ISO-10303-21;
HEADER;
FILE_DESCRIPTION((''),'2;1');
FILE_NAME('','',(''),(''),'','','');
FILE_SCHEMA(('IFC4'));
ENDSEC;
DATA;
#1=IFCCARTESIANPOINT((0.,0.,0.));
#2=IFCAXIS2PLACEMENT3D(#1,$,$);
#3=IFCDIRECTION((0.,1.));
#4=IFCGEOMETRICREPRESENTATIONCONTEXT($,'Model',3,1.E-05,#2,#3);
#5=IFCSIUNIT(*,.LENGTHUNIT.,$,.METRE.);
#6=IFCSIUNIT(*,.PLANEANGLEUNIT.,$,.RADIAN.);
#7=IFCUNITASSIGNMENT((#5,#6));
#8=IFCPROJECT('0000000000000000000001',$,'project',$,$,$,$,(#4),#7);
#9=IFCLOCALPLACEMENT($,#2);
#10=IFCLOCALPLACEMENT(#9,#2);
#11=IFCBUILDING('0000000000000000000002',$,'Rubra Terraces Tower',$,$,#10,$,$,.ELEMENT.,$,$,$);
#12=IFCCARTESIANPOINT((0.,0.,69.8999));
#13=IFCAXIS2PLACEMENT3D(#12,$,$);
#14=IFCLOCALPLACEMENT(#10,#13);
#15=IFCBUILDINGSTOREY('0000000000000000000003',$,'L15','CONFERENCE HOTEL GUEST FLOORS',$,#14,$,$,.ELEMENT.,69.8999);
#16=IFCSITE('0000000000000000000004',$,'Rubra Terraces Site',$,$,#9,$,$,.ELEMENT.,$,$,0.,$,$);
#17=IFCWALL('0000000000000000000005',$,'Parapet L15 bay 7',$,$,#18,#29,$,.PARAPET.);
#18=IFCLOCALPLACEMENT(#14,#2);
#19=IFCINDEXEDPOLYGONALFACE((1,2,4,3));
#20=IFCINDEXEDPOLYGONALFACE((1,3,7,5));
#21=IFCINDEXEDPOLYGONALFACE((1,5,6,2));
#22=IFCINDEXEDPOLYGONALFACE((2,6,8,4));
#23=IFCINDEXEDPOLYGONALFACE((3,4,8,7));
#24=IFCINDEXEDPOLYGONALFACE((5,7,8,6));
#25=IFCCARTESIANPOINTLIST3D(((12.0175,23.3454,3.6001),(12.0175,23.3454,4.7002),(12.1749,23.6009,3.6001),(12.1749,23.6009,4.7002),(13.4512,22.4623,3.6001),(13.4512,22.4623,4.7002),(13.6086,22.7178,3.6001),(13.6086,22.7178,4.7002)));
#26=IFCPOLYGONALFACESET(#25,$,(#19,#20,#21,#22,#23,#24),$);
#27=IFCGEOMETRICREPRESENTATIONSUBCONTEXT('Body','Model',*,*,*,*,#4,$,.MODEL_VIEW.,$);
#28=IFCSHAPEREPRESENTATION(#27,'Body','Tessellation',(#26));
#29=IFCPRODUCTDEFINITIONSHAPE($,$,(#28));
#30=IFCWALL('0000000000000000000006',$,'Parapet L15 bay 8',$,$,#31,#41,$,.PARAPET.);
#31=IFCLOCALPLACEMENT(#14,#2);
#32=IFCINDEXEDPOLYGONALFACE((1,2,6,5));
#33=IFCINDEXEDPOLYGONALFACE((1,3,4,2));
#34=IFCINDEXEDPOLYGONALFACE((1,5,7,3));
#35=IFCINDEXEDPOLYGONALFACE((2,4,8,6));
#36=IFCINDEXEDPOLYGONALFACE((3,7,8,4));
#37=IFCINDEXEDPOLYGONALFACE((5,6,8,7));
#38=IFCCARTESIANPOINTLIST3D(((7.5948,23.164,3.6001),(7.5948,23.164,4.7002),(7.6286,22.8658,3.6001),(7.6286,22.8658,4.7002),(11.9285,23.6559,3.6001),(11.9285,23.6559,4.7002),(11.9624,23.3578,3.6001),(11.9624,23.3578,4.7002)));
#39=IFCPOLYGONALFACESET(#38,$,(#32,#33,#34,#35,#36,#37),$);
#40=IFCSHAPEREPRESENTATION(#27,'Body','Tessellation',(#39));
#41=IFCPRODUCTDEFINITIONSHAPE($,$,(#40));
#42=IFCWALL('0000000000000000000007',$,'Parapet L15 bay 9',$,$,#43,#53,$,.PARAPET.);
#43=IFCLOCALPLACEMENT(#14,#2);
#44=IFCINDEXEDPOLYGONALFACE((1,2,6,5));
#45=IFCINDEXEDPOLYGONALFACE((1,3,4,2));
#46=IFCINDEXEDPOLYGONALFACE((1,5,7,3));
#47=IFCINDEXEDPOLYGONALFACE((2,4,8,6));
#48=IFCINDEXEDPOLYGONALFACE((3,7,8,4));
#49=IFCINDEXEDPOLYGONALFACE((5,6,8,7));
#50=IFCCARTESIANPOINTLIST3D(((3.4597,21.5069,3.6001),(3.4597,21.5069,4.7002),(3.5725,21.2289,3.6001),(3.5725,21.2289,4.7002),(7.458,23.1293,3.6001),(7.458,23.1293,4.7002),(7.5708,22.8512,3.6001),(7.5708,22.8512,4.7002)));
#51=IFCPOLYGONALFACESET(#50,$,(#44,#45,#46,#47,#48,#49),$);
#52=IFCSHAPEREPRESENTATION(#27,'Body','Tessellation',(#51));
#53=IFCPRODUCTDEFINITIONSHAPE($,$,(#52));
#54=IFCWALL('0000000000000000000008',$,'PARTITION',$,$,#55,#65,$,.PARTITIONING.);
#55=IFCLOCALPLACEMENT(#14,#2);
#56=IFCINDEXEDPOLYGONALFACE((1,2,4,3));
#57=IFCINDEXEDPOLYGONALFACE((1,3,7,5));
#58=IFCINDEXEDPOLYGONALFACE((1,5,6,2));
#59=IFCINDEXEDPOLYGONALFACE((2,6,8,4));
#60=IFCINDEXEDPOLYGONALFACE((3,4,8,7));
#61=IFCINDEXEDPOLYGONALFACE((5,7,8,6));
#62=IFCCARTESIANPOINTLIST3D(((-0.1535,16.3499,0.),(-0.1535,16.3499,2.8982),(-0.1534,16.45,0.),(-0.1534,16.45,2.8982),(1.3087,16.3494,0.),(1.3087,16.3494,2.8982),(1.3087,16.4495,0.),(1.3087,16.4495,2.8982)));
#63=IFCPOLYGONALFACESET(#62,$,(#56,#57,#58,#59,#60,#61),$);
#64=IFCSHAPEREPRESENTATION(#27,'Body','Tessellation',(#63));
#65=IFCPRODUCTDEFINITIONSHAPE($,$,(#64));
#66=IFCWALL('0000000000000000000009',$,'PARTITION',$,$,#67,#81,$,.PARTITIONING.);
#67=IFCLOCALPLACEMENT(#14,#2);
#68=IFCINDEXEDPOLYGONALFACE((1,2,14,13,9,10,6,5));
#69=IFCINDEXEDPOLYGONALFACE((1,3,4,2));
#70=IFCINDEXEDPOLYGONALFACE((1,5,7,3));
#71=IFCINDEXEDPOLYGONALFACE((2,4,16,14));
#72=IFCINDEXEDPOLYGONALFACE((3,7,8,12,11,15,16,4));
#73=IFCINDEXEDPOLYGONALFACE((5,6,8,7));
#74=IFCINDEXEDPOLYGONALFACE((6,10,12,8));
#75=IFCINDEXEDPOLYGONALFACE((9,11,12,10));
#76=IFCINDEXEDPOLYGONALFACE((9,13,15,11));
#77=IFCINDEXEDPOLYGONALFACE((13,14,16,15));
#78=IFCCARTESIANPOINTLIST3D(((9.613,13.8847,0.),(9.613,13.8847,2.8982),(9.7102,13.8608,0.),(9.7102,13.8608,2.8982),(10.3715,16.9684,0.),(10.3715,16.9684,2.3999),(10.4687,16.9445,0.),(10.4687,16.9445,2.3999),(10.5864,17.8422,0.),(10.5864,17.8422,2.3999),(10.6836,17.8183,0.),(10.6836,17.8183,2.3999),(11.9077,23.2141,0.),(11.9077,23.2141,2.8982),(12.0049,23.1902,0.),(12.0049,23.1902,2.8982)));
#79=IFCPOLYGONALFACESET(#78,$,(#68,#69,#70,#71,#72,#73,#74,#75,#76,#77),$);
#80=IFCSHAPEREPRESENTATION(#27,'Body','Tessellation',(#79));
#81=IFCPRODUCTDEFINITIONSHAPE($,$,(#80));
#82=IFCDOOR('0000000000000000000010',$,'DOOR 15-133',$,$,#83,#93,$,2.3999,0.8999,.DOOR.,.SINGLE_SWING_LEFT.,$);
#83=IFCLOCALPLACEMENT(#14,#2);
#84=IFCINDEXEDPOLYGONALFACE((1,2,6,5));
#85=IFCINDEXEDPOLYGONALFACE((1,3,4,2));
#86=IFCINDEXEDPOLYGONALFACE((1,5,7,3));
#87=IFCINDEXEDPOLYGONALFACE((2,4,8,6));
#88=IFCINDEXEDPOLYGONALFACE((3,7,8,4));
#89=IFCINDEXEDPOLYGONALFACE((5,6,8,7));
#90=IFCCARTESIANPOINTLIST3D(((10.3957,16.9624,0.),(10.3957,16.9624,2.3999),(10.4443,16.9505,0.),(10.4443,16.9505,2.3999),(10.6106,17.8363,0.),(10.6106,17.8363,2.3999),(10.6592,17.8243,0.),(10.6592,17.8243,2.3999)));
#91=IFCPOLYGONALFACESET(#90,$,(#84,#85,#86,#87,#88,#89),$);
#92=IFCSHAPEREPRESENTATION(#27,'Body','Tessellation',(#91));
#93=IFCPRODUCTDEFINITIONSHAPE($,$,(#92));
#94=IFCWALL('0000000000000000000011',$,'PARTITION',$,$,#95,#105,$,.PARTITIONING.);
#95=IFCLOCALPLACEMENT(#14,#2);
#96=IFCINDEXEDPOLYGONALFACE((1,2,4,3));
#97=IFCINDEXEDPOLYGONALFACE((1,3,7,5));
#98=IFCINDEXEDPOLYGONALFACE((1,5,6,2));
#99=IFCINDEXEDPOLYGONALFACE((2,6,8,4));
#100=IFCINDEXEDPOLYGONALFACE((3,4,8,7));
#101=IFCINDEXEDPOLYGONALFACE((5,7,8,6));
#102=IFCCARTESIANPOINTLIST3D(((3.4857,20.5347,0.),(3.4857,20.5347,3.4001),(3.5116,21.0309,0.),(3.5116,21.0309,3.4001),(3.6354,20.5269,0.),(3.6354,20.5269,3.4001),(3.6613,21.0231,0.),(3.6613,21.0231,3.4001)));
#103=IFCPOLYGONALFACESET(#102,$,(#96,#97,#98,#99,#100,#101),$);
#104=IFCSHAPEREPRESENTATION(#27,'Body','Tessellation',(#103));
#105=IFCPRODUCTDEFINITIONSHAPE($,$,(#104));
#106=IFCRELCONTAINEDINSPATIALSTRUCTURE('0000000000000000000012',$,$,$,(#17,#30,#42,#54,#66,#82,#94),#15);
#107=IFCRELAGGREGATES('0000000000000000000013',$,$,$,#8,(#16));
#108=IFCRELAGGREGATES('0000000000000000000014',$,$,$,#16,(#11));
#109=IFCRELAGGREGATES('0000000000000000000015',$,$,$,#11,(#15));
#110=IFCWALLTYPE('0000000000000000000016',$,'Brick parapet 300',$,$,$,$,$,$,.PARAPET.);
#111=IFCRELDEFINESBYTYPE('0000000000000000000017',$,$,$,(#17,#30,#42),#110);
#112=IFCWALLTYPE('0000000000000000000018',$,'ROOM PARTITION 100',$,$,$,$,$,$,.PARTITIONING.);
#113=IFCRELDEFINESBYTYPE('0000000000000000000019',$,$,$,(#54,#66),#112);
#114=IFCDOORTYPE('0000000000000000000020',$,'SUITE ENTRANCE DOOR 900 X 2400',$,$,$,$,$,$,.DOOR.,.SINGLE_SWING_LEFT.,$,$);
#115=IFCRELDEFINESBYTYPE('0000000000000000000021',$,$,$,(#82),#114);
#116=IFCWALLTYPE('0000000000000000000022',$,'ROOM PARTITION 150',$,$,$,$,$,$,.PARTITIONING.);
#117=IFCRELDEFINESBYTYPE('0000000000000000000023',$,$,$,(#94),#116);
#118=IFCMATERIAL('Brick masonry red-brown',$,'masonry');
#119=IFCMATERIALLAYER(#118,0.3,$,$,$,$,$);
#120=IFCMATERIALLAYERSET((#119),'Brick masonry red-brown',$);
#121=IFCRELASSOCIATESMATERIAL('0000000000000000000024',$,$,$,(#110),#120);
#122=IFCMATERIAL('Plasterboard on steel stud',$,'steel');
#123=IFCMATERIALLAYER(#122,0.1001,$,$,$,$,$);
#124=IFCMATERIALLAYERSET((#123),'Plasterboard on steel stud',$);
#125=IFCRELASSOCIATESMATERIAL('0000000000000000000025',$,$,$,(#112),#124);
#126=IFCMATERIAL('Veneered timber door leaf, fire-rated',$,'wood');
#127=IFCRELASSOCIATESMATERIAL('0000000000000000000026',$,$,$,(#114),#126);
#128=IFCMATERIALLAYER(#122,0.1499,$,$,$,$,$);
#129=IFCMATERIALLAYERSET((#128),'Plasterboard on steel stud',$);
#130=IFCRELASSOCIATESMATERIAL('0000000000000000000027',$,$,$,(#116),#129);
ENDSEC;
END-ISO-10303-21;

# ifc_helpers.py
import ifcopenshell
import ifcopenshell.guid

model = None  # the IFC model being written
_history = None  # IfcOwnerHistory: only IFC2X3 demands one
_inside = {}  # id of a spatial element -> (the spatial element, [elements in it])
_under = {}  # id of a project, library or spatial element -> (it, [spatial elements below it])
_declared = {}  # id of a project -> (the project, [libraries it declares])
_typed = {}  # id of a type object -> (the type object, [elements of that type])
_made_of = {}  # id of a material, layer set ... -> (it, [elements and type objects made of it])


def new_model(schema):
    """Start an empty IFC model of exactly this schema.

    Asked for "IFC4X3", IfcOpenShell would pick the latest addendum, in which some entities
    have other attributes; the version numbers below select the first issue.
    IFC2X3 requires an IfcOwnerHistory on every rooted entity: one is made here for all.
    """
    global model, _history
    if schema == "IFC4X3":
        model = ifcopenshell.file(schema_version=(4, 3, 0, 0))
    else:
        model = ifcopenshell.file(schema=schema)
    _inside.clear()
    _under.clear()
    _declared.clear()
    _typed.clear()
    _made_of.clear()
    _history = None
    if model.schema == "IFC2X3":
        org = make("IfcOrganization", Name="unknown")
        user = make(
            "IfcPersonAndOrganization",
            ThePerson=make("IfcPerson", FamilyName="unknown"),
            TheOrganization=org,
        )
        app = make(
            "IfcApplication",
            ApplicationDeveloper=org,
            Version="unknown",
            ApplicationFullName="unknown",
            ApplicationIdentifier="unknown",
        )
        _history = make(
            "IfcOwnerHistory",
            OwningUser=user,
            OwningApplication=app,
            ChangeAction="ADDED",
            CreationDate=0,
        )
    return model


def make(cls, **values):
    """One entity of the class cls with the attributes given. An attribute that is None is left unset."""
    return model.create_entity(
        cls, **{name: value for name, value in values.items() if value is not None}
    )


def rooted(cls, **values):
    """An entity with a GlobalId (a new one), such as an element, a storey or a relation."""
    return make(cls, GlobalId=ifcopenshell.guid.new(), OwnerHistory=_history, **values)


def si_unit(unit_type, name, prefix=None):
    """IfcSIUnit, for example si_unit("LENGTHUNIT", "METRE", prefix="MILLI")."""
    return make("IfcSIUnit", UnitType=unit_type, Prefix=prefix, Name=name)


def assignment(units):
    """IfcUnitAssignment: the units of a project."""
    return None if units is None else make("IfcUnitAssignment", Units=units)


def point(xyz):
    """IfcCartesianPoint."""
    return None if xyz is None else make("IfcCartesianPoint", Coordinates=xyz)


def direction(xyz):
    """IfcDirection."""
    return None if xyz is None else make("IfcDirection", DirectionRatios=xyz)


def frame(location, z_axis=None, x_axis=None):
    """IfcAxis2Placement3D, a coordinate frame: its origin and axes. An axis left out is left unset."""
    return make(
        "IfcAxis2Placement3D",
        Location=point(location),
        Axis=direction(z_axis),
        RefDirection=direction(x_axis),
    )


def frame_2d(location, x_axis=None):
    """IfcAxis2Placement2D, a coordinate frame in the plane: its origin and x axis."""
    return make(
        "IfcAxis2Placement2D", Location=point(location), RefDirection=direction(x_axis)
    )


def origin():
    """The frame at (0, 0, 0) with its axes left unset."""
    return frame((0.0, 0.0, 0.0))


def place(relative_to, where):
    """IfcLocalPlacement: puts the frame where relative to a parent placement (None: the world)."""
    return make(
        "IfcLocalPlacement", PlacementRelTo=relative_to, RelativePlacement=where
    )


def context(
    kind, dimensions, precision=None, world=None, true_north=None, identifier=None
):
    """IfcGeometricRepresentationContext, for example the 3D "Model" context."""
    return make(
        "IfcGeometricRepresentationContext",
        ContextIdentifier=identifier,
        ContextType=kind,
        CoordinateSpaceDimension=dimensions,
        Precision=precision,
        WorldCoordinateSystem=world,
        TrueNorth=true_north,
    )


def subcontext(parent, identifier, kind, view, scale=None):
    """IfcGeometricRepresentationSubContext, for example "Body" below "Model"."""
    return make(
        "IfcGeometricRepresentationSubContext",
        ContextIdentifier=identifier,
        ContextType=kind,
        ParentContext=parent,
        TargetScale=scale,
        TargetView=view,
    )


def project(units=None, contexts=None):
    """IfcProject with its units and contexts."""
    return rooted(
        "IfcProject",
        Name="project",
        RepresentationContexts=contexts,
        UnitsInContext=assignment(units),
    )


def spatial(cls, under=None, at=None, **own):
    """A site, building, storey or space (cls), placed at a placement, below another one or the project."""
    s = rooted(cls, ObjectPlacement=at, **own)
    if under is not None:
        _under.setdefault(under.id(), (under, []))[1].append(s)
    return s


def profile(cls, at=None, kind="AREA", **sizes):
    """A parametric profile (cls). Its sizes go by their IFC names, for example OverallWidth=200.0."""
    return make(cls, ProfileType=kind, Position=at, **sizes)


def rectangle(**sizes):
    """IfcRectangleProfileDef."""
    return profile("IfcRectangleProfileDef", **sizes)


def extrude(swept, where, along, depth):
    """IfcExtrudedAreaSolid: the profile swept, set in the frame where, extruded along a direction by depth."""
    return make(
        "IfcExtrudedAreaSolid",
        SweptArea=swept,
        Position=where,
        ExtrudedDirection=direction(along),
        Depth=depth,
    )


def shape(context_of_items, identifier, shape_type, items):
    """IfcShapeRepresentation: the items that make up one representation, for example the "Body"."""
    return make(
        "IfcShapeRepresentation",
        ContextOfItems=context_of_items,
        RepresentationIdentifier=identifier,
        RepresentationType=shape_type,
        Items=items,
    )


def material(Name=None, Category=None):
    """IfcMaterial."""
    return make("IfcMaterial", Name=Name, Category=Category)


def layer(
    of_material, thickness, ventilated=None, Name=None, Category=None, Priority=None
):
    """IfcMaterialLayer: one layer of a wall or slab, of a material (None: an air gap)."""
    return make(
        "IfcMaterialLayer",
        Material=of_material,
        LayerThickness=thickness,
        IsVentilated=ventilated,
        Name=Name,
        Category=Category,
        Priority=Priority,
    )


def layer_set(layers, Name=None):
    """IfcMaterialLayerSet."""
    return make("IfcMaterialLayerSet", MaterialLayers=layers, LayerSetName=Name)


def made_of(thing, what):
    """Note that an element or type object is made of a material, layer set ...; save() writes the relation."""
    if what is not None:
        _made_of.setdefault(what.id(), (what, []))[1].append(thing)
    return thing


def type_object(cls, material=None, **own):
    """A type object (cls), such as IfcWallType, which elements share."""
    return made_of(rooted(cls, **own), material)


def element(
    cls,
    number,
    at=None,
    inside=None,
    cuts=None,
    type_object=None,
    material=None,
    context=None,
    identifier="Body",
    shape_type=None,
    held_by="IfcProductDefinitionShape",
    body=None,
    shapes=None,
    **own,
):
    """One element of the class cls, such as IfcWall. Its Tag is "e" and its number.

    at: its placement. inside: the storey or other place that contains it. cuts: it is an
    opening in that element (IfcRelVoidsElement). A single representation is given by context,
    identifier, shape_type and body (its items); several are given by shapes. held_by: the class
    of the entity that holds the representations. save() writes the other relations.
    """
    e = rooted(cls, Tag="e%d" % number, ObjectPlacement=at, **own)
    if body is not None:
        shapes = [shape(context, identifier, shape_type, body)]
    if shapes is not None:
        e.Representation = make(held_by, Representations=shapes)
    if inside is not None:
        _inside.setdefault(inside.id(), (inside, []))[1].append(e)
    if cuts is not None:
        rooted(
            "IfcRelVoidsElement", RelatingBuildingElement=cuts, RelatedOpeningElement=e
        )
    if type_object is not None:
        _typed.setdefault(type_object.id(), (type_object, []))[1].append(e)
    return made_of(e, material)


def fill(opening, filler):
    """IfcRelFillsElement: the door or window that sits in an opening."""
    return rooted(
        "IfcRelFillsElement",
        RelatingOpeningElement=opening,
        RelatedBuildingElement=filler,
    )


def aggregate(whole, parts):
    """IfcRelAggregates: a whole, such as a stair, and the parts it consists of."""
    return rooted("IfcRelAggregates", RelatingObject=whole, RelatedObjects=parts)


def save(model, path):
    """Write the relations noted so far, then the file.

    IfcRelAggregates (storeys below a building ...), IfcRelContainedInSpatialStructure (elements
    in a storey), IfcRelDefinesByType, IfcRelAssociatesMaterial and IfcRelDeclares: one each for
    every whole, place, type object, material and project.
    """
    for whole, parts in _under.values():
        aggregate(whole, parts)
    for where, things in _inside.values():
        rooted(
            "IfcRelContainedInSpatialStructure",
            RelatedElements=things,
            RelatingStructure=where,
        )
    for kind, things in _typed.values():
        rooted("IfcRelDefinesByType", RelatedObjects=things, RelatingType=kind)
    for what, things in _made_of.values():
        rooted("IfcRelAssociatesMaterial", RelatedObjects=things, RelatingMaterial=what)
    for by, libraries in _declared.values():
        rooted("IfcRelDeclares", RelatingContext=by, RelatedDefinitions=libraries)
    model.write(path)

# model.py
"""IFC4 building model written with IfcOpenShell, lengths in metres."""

from ifc_helpers import new_model, si_unit, direction, frame, frame_2d, origin, place, context, subcontext, project, spatial, rectangle, extrude, material, layer, layer_set, type_object, element, fill, save


model = new_model("IFC4")

# Units and contexts
model_context = context("Model", 3, precision=1e-05, world=origin(), true_north=direction((0.0, 1.0)))
body_context = subcontext(model_context, "Body", "Model", "MODEL_VIEW")
ifc_project = project(units=[si_unit("LENGTHUNIT", "METRE"), si_unit("PLANEANGLEUNIT", "RADIAN")], contexts=[model_context])

# Site, building, storey
site_placement = place(None, origin())
site = spatial("IfcSite", under=ifc_project, at=site_placement, Name="Rubra Terraces Site", CompositionType="ELEMENT", RefElevation=0.0)
building_placement = place(site_placement, origin())
building = spatial("IfcBuilding", under=site, at=building_placement, Name="Rubra Terraces Tower", CompositionType="ELEMENT")
storey_placement = place(building_placement, frame((0.0, 0.0, 69.8999)))
storey = spatial("IfcBuildingStorey", under=building, at=storey_placement, Name="L15", Description="CONFERENCE HOTEL GUEST FLOORS", CompositionType="ELEMENT", Elevation=69.8999)

# Shared definitions
ifc_material_1 = material(Name="Brick masonry red-brown", Category="masonry")

# Walls
ifc_layer_1 = layer(ifc_material_1, 0.3)
ifc_layer_set_1 = layer_set([ifc_layer_1], Name="Brick masonry red-brown")
wall_type_1 = type_object("IfcWallType", Name="Brick parapet 300", PredefinedType="PARAPET", material=ifc_layer_set_1)
wall_1_placement = place(storey_placement, frame((13.5298, 22.5901, 3.6001), z_axis=(0.0, 0.0, 1.0), x_axis=(-0.851434, 0.524461, 0.0)))
element("IfcWall", 1, at=wall_1_placement, inside=storey, type_object=wall_type_1, Name="Parapet L15 bay 7", PredefinedType="PARAPET", context=body_context, shape_type="SweptSolid", body=[
    extrude(rectangle(XDim=1.6838, YDim=0.3, at=frame_2d((0.8418, 0.0))), origin(), (0.0, 0.0, 1.0), 1.1001),
])
wall_2_placement = place(storey_placement, frame((11.9453, 23.5068, 3.6001), z_axis=(0.0, 0.0, 1.0), x_axis=(-0.993619, -0.11279, 0.0)))
element("IfcWall", 2, at=wall_2_placement, inside=storey, type_object=wall_type_1, Name="Parapet L15 bay 8", PredefinedType="PARAPET", context=body_context, shape_type="SweptSolid", body=[
    extrude(rectangle(XDim=4.3616, YDim=0.3, at=frame_2d((2.1807, 0.0))), origin(), (0.0, 0.0, 1.0), 1.1001),
])
wall_3_placement = place(storey_placement, frame((7.5144, 22.9902, 3.6001), z_axis=(0.0, 0.0, 1.0), x_axis=(-0.926627, -0.375981, 0.0)))
element("IfcWall", 3, at=wall_3_placement, inside=storey, type_object=wall_type_1, Name="Parapet L15 bay 9", PredefinedType="PARAPET", context=body_context, shape_type="SweptSolid", body=[
    extrude(rectangle(XDim=4.3149, YDim=0.3, at=frame_2d((2.1575, 0.0))), origin(), (0.0, 0.0, 1.0), 1.1001),
])
ifc_material_2 = material(Name="Plasterboard on steel stud", Category="steel")
ifc_layer_2 = layer(ifc_material_2, 0.1001)
ifc_layer_set_2 = layer_set([ifc_layer_2], Name="Plasterboard on steel stud")
wall_type_2 = type_object("IfcWallType", Name="ROOM PARTITION 100", PredefinedType="PARTITIONING", material=ifc_layer_set_2)
wall_4_placement = place(storey_placement, frame((1.3086, 16.3994, 0.0), z_axis=(0.0, 0.0, 1.0), x_axis=(-1.0, 0.000334, 0.0)))
element("IfcWall", 4, at=wall_4_placement, inside=storey, type_object=wall_type_2, Name="PARTITION", PredefinedType="PARTITIONING", context=body_context, shape_type="SweptSolid", body=[
    extrude(rectangle(XDim=1.4622, YDim=0.1001, at=frame_2d((0.731, 0.0))), origin(), (0.0, 0.0, 1.0), 2.8982),
])

# Wall, opening, door
wall_5_placement = place(storey_placement, frame((11.9563, 23.2021, 0.0), z_axis=(0.0, 0.0, 1.0), x_axis=(-0.238845, -0.971058, 0.0)))
wall_5 = element("IfcWall", 5, at=wall_5_placement, inside=storey, type_object=wall_type_2, Name="PARTITION", PredefinedType="PARTITIONING", context=body_context, shape_type="SweptSolid", body=[
    extrude(rectangle(XDim=9.6074, YDim=0.1001, at=frame_2d((4.8037, 0.0))), origin(), (0.0, 0.0, 1.0), 2.8982),
])
opening_1_placement = place(wall_5_placement, frame((5.532, 0.0, 0.0)))
opening_1 = element("IfcOpeningElement", 6, at=opening_1_placement, cuts=wall_5, PredefinedType="OPENING", context=body_context, shape_type="SweptSolid", body=[
    extrude(rectangle(XDim=0.8999, YDim=2.3999, at=frame_2d((0.45, 1.2))), frame((0.0, 0.0601, 0.0), z_axis=(0.0, -1.0, 0.0), x_axis=(1.0, 0.0, 0.0)), (0.0, 0.0, 1.0), 0.1201),
])
ifc_material_3 = material(Name="Veneered timber door leaf, fire-rated", Category="wood")
door_type = type_object("IfcDoorType", Name="SUITE ENTRANCE DOOR 900 X 2400", OperationType="SINGLE_SWING_LEFT", PredefinedType="DOOR", material=ifc_material_3)
door_placement = place(opening_1_placement, origin())
door = element("IfcDoor", 7, at=door_placement, inside=storey, type_object=door_type, Name="DOOR 15-133", OperationType="SINGLE_SWING_LEFT", OverallHeight=2.3999, OverallWidth=0.8999, PredefinedType="DOOR", context=body_context, shape_type="SweptSolid", body=[
    extrude(rectangle(XDim=0.8999, YDim=2.3999, at=frame_2d((0.45, 1.2))), frame((0.0, 0.0249, 0.0), z_axis=(0.0, -1.0, 0.0), x_axis=(1.0, 0.0, 0.0)), (0.0, 0.0, 1.0), 0.05),
])
fill(opening_1, door)

# Wall
ifc_layer_3 = layer(ifc_material_2, 0.1499)
ifc_layer_set_3 = layer_set([ifc_layer_3], Name="Plasterboard on steel stud")
wall_type_3 = type_object("IfcWallType", Name="ROOM PARTITION 150", PredefinedType="PARTITIONING", material=ifc_layer_set_3)
wall_6_placement = place(storey_placement, frame((3.5864, 21.0271, 0.0), z_axis=(0.0, 0.0, 1.0), x_axis=(-0.052095, -0.998642, 0.0)))
element("IfcWall", 8, at=wall_6_placement, inside=storey, type_object=wall_type_3, Name="PARTITION", PredefinedType="PARTITIONING", context=body_context, shape_type="SweptSolid", body=[
    extrude(rectangle(XDim=0.4968, YDim=0.1499, at=frame_2d((0.2485, 0.0))), origin(), (0.0, 0.0, 1.0), 3.4001),
])

save(model, "model.ifc")
